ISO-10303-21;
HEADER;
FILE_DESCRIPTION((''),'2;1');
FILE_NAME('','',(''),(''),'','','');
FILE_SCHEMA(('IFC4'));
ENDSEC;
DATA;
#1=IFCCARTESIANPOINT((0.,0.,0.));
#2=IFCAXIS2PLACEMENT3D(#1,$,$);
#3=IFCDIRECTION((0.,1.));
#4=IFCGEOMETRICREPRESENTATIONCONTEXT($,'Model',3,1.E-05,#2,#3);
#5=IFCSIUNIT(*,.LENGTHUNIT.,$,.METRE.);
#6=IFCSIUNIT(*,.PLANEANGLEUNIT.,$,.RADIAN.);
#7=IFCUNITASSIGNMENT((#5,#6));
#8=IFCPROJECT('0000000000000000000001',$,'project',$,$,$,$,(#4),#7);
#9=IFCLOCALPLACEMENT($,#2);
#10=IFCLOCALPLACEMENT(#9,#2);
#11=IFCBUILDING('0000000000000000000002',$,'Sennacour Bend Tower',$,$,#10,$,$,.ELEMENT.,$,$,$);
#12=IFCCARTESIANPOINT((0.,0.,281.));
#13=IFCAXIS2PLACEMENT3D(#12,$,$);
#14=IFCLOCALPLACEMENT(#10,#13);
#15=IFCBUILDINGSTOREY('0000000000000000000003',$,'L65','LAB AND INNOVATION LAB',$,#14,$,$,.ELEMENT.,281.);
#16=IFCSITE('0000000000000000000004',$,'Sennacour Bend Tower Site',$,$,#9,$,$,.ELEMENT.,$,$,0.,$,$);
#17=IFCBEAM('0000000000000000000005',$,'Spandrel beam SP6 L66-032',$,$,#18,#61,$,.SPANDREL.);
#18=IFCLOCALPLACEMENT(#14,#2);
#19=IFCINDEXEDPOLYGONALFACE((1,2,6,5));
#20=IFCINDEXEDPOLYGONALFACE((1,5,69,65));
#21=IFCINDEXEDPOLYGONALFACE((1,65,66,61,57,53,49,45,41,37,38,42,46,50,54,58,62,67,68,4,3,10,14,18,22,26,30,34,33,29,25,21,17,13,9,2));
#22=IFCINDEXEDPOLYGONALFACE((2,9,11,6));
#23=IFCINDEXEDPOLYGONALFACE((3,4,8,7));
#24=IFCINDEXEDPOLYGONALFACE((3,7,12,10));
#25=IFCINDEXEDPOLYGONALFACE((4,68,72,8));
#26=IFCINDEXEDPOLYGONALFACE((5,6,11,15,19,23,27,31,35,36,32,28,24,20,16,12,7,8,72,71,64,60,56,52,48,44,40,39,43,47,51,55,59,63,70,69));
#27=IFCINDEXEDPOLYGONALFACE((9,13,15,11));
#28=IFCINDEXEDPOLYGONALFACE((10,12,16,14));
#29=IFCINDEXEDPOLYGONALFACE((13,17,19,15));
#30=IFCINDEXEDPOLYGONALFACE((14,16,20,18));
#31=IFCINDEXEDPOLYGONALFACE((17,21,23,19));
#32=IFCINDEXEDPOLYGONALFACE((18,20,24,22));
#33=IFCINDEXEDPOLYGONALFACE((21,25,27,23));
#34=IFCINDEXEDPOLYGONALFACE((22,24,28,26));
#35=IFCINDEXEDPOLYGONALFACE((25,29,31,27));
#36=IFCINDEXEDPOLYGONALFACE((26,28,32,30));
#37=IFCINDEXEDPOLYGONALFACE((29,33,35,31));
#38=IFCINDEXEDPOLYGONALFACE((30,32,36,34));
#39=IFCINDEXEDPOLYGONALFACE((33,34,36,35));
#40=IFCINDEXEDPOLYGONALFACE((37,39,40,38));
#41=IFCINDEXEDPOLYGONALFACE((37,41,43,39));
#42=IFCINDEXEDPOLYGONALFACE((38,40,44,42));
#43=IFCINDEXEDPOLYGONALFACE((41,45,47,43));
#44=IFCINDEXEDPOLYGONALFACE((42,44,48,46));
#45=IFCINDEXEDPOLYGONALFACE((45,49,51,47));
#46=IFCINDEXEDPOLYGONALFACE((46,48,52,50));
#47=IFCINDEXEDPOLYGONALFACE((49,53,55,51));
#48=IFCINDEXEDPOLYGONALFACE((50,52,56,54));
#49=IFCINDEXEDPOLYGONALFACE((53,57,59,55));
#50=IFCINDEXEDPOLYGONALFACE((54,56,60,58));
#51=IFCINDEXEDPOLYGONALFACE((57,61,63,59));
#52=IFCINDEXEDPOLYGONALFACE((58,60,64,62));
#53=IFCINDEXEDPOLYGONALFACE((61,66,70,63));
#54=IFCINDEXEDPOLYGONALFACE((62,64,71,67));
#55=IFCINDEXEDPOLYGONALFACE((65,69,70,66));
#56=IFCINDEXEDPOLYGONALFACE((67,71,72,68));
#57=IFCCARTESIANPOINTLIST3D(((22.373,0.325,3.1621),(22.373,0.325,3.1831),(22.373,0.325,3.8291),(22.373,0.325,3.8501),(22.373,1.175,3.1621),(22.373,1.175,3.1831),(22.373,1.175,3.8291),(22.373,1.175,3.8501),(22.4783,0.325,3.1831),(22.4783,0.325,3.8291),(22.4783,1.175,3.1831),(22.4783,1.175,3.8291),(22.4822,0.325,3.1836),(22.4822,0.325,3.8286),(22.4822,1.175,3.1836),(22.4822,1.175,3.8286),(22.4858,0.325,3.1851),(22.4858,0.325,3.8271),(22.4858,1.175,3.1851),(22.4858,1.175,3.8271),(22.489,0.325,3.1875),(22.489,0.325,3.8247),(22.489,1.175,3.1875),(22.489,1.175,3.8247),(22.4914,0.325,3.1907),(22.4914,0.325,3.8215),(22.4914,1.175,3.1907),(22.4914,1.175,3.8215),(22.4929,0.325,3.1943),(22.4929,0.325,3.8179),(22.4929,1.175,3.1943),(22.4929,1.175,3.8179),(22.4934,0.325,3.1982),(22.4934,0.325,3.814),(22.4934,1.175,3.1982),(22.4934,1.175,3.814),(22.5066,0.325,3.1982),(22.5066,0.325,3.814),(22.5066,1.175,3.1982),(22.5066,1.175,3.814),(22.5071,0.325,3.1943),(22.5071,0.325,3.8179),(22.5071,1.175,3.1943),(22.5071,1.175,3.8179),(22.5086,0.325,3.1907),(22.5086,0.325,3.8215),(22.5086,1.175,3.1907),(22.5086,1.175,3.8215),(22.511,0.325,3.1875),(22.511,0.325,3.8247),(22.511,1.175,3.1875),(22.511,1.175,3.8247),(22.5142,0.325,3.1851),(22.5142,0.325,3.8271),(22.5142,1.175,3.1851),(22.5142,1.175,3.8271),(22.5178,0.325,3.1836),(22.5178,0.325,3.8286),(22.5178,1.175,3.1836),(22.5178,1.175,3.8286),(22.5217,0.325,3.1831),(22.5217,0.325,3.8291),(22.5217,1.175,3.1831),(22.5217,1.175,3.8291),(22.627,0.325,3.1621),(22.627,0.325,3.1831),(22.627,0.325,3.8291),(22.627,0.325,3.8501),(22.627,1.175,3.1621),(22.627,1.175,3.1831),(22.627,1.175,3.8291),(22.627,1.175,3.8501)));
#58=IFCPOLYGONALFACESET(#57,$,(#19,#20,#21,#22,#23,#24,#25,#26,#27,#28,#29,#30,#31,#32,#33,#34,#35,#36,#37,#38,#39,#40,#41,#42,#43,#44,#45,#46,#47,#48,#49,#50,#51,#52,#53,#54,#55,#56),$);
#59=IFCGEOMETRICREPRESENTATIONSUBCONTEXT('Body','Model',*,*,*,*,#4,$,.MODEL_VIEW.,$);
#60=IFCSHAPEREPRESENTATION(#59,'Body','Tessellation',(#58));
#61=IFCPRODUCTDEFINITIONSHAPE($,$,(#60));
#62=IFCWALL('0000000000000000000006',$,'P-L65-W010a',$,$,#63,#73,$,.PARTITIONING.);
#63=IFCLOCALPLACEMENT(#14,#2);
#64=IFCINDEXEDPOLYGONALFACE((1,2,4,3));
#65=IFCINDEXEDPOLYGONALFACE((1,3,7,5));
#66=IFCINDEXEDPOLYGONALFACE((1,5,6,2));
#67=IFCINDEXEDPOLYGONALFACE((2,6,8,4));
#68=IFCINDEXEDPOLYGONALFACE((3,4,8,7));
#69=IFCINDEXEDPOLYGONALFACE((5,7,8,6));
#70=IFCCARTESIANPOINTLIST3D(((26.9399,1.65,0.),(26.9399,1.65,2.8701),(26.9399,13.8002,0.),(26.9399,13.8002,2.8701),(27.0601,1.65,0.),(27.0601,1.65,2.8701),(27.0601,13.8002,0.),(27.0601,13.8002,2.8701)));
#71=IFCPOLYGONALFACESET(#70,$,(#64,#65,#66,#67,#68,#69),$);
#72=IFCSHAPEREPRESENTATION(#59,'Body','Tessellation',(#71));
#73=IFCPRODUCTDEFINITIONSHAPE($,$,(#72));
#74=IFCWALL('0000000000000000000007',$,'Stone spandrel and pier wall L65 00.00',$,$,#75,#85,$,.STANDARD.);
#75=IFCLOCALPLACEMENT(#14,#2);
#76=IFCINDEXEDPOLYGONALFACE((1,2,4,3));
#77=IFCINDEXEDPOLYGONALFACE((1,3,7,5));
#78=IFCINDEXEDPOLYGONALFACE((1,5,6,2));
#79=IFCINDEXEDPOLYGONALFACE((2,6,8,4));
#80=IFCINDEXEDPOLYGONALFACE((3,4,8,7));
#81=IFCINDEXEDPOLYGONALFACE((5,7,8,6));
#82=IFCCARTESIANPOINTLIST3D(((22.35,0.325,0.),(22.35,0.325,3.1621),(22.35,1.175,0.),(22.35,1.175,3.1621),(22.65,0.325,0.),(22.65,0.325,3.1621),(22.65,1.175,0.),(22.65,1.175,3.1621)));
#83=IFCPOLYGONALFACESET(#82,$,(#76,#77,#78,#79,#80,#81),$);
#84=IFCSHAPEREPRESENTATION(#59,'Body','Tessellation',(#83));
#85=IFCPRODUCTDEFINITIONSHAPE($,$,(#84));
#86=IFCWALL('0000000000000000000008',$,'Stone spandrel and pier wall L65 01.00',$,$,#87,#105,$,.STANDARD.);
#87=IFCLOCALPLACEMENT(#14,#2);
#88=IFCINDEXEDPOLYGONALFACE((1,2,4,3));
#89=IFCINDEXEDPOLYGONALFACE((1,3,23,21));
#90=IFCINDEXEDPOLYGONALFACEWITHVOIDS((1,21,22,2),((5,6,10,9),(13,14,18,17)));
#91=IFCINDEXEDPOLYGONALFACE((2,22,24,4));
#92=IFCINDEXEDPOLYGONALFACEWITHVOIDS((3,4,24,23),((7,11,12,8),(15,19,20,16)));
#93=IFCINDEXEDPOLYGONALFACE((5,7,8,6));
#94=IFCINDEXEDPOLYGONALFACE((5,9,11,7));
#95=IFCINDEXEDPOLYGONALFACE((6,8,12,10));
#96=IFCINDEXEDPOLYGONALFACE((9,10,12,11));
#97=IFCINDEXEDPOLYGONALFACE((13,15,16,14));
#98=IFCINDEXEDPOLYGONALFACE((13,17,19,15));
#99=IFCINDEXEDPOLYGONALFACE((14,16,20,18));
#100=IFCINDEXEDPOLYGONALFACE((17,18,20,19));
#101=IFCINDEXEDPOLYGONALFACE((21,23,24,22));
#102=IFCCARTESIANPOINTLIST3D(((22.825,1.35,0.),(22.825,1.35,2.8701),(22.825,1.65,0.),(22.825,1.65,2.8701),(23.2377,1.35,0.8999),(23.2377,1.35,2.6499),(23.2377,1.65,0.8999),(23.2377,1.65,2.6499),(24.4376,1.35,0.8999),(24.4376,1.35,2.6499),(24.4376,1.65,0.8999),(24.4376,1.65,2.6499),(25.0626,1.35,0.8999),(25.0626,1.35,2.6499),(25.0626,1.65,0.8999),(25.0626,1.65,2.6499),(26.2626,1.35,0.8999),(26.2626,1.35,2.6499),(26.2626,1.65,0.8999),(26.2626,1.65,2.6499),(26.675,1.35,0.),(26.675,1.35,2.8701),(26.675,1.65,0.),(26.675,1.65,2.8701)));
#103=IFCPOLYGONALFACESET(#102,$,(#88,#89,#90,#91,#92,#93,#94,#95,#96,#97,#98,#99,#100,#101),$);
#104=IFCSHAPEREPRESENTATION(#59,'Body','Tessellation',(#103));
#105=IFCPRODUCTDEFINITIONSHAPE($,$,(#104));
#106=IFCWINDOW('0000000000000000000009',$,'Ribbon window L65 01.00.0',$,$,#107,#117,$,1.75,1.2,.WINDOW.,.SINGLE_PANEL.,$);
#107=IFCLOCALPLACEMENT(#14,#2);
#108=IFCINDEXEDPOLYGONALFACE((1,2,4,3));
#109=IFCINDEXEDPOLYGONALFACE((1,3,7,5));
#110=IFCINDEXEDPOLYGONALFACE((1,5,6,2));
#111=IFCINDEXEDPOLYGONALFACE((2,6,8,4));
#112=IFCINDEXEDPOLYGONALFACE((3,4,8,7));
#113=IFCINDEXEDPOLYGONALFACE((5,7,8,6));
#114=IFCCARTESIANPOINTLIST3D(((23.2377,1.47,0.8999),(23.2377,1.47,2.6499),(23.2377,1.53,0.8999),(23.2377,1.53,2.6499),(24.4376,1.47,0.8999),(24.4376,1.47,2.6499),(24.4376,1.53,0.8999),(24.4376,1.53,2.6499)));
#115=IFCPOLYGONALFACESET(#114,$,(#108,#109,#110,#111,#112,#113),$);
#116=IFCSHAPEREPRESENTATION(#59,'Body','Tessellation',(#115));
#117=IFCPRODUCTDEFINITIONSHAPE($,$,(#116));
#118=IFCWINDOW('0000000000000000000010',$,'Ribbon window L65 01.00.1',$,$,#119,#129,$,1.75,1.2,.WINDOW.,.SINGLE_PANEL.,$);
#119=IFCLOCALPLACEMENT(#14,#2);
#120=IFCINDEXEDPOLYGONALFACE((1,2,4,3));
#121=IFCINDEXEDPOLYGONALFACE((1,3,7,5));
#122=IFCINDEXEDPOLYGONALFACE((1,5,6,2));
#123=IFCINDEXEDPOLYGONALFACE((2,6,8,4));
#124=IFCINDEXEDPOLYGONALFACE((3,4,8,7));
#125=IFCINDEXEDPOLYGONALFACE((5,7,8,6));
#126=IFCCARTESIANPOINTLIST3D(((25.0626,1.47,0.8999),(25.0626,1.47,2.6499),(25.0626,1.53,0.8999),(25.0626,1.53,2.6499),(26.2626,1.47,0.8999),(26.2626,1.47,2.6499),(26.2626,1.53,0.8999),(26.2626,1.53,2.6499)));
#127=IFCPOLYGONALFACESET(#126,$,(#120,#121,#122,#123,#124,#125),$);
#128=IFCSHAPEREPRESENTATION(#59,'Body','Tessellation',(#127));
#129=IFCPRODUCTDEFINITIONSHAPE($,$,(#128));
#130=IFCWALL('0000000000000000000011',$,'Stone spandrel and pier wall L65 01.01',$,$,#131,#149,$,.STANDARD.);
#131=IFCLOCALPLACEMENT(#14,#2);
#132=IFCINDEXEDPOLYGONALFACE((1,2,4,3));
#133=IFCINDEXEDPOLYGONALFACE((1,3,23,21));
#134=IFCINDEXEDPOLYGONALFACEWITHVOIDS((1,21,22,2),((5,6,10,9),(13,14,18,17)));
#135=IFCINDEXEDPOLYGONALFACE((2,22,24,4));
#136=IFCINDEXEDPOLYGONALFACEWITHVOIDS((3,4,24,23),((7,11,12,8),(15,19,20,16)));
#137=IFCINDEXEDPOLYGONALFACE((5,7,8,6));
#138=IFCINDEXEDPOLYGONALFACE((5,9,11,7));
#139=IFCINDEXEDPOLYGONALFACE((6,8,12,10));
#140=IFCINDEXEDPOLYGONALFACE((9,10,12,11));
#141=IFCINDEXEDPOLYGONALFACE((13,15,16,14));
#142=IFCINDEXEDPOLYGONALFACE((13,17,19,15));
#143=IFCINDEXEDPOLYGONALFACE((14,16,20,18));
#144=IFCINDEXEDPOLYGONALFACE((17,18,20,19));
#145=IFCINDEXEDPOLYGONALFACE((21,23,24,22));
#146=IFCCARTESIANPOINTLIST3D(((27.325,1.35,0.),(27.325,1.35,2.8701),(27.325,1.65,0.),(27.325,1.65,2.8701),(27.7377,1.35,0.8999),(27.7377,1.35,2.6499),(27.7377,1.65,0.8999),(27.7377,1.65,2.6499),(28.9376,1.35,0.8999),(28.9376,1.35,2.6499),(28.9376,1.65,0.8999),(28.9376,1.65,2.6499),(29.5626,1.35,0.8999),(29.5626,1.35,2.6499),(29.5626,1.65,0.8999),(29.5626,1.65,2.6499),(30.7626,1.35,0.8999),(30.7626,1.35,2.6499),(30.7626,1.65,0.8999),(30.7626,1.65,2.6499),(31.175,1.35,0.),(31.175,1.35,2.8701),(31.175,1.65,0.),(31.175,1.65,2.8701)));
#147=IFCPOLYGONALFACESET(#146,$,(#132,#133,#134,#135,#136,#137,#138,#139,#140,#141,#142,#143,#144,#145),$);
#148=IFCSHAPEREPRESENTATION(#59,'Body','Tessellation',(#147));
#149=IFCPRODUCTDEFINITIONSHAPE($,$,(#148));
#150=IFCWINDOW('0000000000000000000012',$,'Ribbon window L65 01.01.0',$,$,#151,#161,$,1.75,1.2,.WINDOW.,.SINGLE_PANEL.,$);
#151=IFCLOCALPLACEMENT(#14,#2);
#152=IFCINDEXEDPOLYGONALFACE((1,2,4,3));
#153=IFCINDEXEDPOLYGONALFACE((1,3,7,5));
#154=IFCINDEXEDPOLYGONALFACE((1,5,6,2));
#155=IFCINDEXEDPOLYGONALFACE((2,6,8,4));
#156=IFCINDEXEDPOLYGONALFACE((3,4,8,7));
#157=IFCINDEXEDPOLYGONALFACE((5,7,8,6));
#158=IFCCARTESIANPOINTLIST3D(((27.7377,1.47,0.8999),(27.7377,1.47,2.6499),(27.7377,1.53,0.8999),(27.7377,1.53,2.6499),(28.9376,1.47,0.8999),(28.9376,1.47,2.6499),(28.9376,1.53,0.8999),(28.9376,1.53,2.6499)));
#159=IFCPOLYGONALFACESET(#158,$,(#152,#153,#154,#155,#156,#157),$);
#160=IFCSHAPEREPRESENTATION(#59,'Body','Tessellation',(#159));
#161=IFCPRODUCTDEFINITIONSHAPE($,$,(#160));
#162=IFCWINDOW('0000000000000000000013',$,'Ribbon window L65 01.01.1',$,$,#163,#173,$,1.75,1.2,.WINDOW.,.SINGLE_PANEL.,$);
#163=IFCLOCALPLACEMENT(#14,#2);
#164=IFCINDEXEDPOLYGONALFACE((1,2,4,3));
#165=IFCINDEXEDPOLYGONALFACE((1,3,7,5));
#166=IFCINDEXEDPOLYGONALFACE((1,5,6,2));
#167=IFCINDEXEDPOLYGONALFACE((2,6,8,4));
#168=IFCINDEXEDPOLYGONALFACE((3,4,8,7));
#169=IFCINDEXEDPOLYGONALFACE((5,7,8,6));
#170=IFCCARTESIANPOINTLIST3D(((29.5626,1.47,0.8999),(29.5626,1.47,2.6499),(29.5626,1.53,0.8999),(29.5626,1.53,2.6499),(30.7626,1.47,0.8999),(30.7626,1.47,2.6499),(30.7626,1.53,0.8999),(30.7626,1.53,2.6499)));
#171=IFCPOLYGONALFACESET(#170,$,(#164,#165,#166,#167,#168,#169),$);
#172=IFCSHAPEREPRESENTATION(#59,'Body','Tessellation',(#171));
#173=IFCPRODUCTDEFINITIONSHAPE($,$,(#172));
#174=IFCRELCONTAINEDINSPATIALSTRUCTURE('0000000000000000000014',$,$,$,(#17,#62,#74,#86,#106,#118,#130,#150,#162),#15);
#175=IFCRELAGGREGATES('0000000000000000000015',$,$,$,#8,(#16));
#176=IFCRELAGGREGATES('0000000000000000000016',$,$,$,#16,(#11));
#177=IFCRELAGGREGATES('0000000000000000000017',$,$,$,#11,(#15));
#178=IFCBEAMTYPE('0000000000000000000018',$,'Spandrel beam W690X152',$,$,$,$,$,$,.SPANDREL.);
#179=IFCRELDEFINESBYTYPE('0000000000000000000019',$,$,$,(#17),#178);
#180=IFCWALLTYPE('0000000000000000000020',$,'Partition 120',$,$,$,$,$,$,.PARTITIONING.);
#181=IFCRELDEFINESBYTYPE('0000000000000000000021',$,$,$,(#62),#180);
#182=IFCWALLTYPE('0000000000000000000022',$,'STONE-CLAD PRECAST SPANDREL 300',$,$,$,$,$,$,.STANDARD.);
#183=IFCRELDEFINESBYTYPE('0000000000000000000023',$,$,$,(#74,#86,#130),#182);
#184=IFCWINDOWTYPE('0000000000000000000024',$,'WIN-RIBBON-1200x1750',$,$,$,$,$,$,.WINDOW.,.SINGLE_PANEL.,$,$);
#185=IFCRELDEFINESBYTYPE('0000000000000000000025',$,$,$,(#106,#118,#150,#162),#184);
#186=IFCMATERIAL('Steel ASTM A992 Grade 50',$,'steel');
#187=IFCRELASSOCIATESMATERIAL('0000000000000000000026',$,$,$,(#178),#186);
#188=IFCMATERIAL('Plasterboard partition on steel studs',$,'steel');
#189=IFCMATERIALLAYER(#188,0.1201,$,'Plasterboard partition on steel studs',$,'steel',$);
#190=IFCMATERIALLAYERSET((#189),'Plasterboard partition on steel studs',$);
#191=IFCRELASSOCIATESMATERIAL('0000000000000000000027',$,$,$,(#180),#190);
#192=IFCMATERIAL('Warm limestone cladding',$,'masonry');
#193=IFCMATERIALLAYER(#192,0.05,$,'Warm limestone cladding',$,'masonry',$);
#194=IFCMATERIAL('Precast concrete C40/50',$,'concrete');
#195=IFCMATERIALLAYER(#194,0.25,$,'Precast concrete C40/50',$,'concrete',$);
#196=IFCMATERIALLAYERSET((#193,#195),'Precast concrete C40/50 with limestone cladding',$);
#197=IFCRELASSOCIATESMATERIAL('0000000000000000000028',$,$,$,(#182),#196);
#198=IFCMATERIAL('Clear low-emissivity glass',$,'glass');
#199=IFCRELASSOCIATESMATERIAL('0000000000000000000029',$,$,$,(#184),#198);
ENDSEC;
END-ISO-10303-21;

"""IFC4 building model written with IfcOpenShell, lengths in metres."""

from ifc_helpers import new_model, si_unit, direction, frame, frame_2d, origin, origin_2d, place, context, subcontext, project, spatial, rectangle, i_section, extrude, material, layer, layer_set, material_profile, profile_set, type_object, element, fill, save


model = new_model("IFC4")

# Units and contexts
model_context = context("Model", 3, precision=1e-05, world=origin(), true_north=direction((0.0, 1.0)))
body_context = subcontext(model_context, "Body", "Model", "MODEL_VIEW")
ifc_project = project(units=[si_unit("LENGTHUNIT", "METRE"), si_unit("PLANEANGLEUNIT", "RADIAN")], contexts=[model_context])

# Site, building, storey
site_placement = place(None, origin())
site = spatial("IfcSite", under=ifc_project, at=site_placement, Name="Sennacour Bend Tower Site", CompositionType="ELEMENT", RefElevation=0.0)
building_placement = place(site_placement, origin())
building = spatial("IfcBuilding", under=site, at=building_placement, Name="Sennacour Bend Tower", CompositionType="ELEMENT")
storey_placement = place(building_placement, frame((0.0, 0.0, 281.0)))
storey = spatial("IfcBuildingStorey", under=building, at=storey_placement, Name="L65", Description="LAB AND INNOVATION LAB", CompositionType="ELEMENT", Elevation=281.0)

# Beam
ifc_material_1 = material(Name="Steel ASTM A992 Grade 50", Category="steel")
ifc_material_profile_1 = material_profile(ifc_material_1, i_section(OverallWidth=0.2539, OverallDepth=0.688, WebThickness=0.0132, FlangeThickness=0.021, FilletRadius=0.0151, at=origin_2d()), Name="Steel ASTM A992 Grade 50", Category="steel")
ifc_profile_set_1 = profile_set([ifc_material_profile_1], Name="Steel ASTM A992 Grade 50")
beam_type_1 = type_object("IfcBeamType", Name="Spandrel beam W690X152", PredefinedType="SPANDREL", material=ifc_profile_set_1)
beam_1_placement = place(storey_placement, frame((22.5, 1.175, 3.5061), z_axis=(0.0, -1.0, 0.0), x_axis=(1.0, 0.0, 0.0)))
element("IfcBeam", 1, at=beam_1_placement, inside=storey, type_object=beam_type_1, Name="Spandrel beam SP6 L66-032", PredefinedType="SPANDREL", context=body_context, shape_type="SweptSolid", body=[
    extrude(i_section(OverallWidth=0.2539, OverallDepth=0.688, WebThickness=0.0132, FlangeThickness=0.021, FilletRadius=0.0151, at=origin_2d()), origin(), (0.0, 0.0, 1.0), 0.8501),
])

# Walls
ifc_material_2 = material(Name="Plasterboard partition on steel studs", Category="steel")
ifc_layer_1 = layer(ifc_material_2, 0.1201, Name="Plasterboard partition on steel studs", Category="steel")
ifc_layer_set_1 = layer_set([ifc_layer_1], Name="Plasterboard partition on steel studs")
wall_type_1 = type_object("IfcWallType", Name="Partition 120", PredefinedType="PARTITIONING", material=ifc_layer_set_1)
wall_1_placement = place(storey_placement, frame((27.0, 1.6499, 0.0), z_axis=(0.0, 0.0, 1.0), x_axis=(0.0, 1.0, 0.0)))
element("IfcWall", 2, at=wall_1_placement, inside=storey, type_object=wall_type_1, Name="P-L65-W010a", PredefinedType="PARTITIONING", context=body_context, shape_type="SweptSolid", body=[
    extrude(rectangle(XDim=12.1501, YDim=0.1201, at=frame_2d((6.0752, 0.0))), origin(), (0.0, 0.0, 1.0), 2.8701),
])
ifc_material_3 = material(Name="Warm limestone cladding", Category="masonry")
ifc_layer_2 = layer(ifc_material_3, 0.05, Name="Warm limestone cladding", Category="masonry")
ifc_material_4 = material(Name="Precast concrete C40/50", Category="concrete")
ifc_layer_3 = layer(ifc_material_4, 0.25, Name="Precast concrete C40/50", Category="concrete")
ifc_layer_set_2 = layer_set([ifc_layer_2, ifc_layer_3], Name="Precast concrete C40/50 with limestone cladding")
wall_type_2 = type_object("IfcWallType", Name="STONE-CLAD PRECAST SPANDREL 300", PredefinedType="STANDARD", material=ifc_layer_set_2)
wall_2_placement = place(storey_placement, frame((22.5, 0.325, 0.0), z_axis=(0.0, 0.0, 1.0), x_axis=(0.0, 1.0, 0.0)))
element("IfcWall", 3, at=wall_2_placement, inside=storey, type_object=wall_type_2, Name="Stone spandrel and pier wall L65 00.00", PredefinedType="STANDARD", context=body_context, shape_type="SweptSolid", body=[
    extrude(rectangle(XDim=0.8501, YDim=0.3, at=frame_2d((0.425, 0.0))), origin(), (0.0, 0.0, 1.0), 3.1621),
])

# Walls, openings, windows
wall_3_placement = place(storey_placement, frame((22.825, 1.5, 0.0), z_axis=(0.0, 0.0, 1.0), x_axis=(1.0, 0.0, 0.0)))
wall_3 = element("IfcWall", 4, at=wall_3_placement, inside=storey, type_object=wall_type_2, Name="Stone spandrel and pier wall L65 01.00", PredefinedType="STANDARD", context=body_context, shape_type="SweptSolid", body=[
    extrude(rectangle(XDim=3.8501, YDim=0.3, at=frame_2d((1.925, 0.0))), origin(), (0.0, 0.0, 1.0), 2.8701),
])
opening_1_placement = place(wall_3_placement, frame((0.4126, 0.0, 0.8999)))
opening_1 = element("IfcOpeningElement", 5, at=opening_1_placement, cuts=wall_3, PredefinedType="OPENING", context=body_context, shape_type="SweptSolid", body=[
    extrude(rectangle(XDim=1.2, YDim=1.75, at=frame_2d((0.6001, 0.875))), frame((0.0, 0.1602, 0.0), z_axis=(0.0, -1.0, 0.0), x_axis=(1.0, 0.0, 0.0)), (0.0, 0.0, 1.0), 0.3201),
])
opening_2_placement = place(wall_3_placement, frame((2.2375, 0.0, 0.8999)))
opening_2 = element("IfcOpeningElement", 6, at=opening_2_placement, cuts=wall_3, PredefinedType="OPENING", context=body_context, shape_type="SweptSolid", body=[
    extrude(rectangle(XDim=1.2, YDim=1.75, at=frame_2d((0.6001, 0.875))), frame((0.0, 0.1602, 0.0), z_axis=(0.0, -1.0, 0.0), x_axis=(1.0, 0.0, 0.0)), (0.0, 0.0, 1.0), 0.3201),
])
ifc_material_5 = material(Name="Clear low-emissivity glass", Category="glass")
window_type = type_object("IfcWindowType", Name="WIN-RIBBON-1200x1750", PartitioningType="SINGLE_PANEL", PredefinedType="WINDOW", material=ifc_material_5)
window_1_placement = place(opening_1_placement, origin())
window_1 = element("IfcWindow", 7, at=window_1_placement, inside=storey, type_object=window_type, Name="Ribbon window L65 01.00.0", OverallHeight=1.75, OverallWidth=1.2, PartitioningType="SINGLE_PANEL", PredefinedType="WINDOW", context=body_context, shape_type="SweptSolid", body=[
    extrude(rectangle(XDim=1.2, YDim=1.75, at=frame_2d((0.6001, 0.875))), frame((0.0, 0.03, 0.0), z_axis=(0.0, -1.0, 0.0), x_axis=(1.0, 0.0, 0.0)), (0.0, 0.0, 1.0), 0.0601),
])
fill(opening_1, window_1)
window_2_placement = place(opening_2_placement, origin())
window_2 = element("IfcWindow", 8, at=window_2_placement, inside=storey, type_object=window_type, Name="Ribbon window L65 01.00.1", OverallHeight=1.75, OverallWidth=1.2, PartitioningType="SINGLE_PANEL", PredefinedType="WINDOW", context=body_context, shape_type="SweptSolid", body=[
    extrude(rectangle(XDim=1.2, YDim=1.75, at=frame_2d((0.6001, 0.875))), frame((0.0, 0.03, 0.0), z_axis=(0.0, -1.0, 0.0), x_axis=(1.0, 0.0, 0.0)), (0.0, 0.0, 1.0), 0.0601),
])
fill(opening_2, window_2)
wall_4_placement = place(storey_placement, frame((27.325, 1.5, 0.0), z_axis=(0.0, 0.0, 1.0), x_axis=(1.0, 0.0, 0.0)))
wall_4 = element("IfcWall", 9, at=wall_4_placement, inside=storey, type_object=wall_type_2, Name="Stone spandrel and pier wall L65 01.01", PredefinedType="STANDARD", context=body_context, shape_type="SweptSolid", body=[
    extrude(rectangle(XDim=3.8501, YDim=0.3, at=frame_2d((1.925, 0.0))), origin(), (0.0, 0.0, 1.0), 2.8701),
])
opening_3_placement = place(wall_4_placement, frame((0.4126, 0.0, 0.8999)))
opening_3 = element("IfcOpeningElement", 10, at=opening_3_placement, cuts=wall_4, PredefinedType="OPENING", context=body_context, shape_type="SweptSolid", body=[
    extrude(rectangle(XDim=1.2, YDim=1.75, at=frame_2d((0.6001, 0.875))), frame((0.0, 0.1602, 0.0), z_axis=(0.0, -1.0, 0.0), x_axis=(1.0, 0.0, 0.0)), (0.0, 0.0, 1.0), 0.3201),
])
opening_4_placement = place(wall_4_placement, frame((2.2375, 0.0, 0.8999)))
opening_4 = element("IfcOpeningElement", 11, at=opening_4_placement, cuts=wall_4, PredefinedType="OPENING", context=body_context, shape_type="SweptSolid", body=[
    extrude(rectangle(XDim=1.2, YDim=1.75, at=frame_2d((0.6001, 0.875))), frame((0.0, 0.1602, 0.0), z_axis=(0.0, -1.0, 0.0), x_axis=(1.0, 0.0, 0.0)), (0.0, 0.0, 1.0), 0.3201),
])
window_3_placement = place(opening_3_placement, origin())
window_3 = element("IfcWindow", 12, at=window_3_placement, inside=storey, type_object=window_type, Name="Ribbon window L65 01.01.0", OverallHeight=1.75, OverallWidth=1.2, PartitioningType="SINGLE_PANEL", PredefinedType="WINDOW", context=body_context, shape_type="SweptSolid", body=[
    extrude(rectangle(XDim=1.2, YDim=1.75, at=frame_2d((0.6001, 0.875))), frame((0.0, 0.03, 0.0), z_axis=(0.0, -1.0, 0.0), x_axis=(1.0, 0.0, 0.0)), (0.0, 0.0, 1.0), 0.0601),
])
fill(opening_3, window_3)
window_4_placement = place(opening_4_placement, origin())
window_4 = element("IfcWindow", 13, at=window_4_placement, inside=storey, type_object=window_type, Name="Ribbon window L65 01.01.1", OverallHeight=1.75, OverallWidth=1.2, PartitioningType="SINGLE_PANEL", PredefinedType="WINDOW", context=body_context, shape_type="SweptSolid", body=[
    extrude(rectangle(XDim=1.2, YDim=1.75, at=frame_2d((0.6001, 0.875))), frame((0.0, 0.03, 0.0), z_axis=(0.0, -1.0, 0.0), x_axis=(1.0, 0.0, 0.0)), (0.0, 0.0, 1.0), 0.0601),
])
fill(opening_4, window_4)

save(model, "model.ifc")
